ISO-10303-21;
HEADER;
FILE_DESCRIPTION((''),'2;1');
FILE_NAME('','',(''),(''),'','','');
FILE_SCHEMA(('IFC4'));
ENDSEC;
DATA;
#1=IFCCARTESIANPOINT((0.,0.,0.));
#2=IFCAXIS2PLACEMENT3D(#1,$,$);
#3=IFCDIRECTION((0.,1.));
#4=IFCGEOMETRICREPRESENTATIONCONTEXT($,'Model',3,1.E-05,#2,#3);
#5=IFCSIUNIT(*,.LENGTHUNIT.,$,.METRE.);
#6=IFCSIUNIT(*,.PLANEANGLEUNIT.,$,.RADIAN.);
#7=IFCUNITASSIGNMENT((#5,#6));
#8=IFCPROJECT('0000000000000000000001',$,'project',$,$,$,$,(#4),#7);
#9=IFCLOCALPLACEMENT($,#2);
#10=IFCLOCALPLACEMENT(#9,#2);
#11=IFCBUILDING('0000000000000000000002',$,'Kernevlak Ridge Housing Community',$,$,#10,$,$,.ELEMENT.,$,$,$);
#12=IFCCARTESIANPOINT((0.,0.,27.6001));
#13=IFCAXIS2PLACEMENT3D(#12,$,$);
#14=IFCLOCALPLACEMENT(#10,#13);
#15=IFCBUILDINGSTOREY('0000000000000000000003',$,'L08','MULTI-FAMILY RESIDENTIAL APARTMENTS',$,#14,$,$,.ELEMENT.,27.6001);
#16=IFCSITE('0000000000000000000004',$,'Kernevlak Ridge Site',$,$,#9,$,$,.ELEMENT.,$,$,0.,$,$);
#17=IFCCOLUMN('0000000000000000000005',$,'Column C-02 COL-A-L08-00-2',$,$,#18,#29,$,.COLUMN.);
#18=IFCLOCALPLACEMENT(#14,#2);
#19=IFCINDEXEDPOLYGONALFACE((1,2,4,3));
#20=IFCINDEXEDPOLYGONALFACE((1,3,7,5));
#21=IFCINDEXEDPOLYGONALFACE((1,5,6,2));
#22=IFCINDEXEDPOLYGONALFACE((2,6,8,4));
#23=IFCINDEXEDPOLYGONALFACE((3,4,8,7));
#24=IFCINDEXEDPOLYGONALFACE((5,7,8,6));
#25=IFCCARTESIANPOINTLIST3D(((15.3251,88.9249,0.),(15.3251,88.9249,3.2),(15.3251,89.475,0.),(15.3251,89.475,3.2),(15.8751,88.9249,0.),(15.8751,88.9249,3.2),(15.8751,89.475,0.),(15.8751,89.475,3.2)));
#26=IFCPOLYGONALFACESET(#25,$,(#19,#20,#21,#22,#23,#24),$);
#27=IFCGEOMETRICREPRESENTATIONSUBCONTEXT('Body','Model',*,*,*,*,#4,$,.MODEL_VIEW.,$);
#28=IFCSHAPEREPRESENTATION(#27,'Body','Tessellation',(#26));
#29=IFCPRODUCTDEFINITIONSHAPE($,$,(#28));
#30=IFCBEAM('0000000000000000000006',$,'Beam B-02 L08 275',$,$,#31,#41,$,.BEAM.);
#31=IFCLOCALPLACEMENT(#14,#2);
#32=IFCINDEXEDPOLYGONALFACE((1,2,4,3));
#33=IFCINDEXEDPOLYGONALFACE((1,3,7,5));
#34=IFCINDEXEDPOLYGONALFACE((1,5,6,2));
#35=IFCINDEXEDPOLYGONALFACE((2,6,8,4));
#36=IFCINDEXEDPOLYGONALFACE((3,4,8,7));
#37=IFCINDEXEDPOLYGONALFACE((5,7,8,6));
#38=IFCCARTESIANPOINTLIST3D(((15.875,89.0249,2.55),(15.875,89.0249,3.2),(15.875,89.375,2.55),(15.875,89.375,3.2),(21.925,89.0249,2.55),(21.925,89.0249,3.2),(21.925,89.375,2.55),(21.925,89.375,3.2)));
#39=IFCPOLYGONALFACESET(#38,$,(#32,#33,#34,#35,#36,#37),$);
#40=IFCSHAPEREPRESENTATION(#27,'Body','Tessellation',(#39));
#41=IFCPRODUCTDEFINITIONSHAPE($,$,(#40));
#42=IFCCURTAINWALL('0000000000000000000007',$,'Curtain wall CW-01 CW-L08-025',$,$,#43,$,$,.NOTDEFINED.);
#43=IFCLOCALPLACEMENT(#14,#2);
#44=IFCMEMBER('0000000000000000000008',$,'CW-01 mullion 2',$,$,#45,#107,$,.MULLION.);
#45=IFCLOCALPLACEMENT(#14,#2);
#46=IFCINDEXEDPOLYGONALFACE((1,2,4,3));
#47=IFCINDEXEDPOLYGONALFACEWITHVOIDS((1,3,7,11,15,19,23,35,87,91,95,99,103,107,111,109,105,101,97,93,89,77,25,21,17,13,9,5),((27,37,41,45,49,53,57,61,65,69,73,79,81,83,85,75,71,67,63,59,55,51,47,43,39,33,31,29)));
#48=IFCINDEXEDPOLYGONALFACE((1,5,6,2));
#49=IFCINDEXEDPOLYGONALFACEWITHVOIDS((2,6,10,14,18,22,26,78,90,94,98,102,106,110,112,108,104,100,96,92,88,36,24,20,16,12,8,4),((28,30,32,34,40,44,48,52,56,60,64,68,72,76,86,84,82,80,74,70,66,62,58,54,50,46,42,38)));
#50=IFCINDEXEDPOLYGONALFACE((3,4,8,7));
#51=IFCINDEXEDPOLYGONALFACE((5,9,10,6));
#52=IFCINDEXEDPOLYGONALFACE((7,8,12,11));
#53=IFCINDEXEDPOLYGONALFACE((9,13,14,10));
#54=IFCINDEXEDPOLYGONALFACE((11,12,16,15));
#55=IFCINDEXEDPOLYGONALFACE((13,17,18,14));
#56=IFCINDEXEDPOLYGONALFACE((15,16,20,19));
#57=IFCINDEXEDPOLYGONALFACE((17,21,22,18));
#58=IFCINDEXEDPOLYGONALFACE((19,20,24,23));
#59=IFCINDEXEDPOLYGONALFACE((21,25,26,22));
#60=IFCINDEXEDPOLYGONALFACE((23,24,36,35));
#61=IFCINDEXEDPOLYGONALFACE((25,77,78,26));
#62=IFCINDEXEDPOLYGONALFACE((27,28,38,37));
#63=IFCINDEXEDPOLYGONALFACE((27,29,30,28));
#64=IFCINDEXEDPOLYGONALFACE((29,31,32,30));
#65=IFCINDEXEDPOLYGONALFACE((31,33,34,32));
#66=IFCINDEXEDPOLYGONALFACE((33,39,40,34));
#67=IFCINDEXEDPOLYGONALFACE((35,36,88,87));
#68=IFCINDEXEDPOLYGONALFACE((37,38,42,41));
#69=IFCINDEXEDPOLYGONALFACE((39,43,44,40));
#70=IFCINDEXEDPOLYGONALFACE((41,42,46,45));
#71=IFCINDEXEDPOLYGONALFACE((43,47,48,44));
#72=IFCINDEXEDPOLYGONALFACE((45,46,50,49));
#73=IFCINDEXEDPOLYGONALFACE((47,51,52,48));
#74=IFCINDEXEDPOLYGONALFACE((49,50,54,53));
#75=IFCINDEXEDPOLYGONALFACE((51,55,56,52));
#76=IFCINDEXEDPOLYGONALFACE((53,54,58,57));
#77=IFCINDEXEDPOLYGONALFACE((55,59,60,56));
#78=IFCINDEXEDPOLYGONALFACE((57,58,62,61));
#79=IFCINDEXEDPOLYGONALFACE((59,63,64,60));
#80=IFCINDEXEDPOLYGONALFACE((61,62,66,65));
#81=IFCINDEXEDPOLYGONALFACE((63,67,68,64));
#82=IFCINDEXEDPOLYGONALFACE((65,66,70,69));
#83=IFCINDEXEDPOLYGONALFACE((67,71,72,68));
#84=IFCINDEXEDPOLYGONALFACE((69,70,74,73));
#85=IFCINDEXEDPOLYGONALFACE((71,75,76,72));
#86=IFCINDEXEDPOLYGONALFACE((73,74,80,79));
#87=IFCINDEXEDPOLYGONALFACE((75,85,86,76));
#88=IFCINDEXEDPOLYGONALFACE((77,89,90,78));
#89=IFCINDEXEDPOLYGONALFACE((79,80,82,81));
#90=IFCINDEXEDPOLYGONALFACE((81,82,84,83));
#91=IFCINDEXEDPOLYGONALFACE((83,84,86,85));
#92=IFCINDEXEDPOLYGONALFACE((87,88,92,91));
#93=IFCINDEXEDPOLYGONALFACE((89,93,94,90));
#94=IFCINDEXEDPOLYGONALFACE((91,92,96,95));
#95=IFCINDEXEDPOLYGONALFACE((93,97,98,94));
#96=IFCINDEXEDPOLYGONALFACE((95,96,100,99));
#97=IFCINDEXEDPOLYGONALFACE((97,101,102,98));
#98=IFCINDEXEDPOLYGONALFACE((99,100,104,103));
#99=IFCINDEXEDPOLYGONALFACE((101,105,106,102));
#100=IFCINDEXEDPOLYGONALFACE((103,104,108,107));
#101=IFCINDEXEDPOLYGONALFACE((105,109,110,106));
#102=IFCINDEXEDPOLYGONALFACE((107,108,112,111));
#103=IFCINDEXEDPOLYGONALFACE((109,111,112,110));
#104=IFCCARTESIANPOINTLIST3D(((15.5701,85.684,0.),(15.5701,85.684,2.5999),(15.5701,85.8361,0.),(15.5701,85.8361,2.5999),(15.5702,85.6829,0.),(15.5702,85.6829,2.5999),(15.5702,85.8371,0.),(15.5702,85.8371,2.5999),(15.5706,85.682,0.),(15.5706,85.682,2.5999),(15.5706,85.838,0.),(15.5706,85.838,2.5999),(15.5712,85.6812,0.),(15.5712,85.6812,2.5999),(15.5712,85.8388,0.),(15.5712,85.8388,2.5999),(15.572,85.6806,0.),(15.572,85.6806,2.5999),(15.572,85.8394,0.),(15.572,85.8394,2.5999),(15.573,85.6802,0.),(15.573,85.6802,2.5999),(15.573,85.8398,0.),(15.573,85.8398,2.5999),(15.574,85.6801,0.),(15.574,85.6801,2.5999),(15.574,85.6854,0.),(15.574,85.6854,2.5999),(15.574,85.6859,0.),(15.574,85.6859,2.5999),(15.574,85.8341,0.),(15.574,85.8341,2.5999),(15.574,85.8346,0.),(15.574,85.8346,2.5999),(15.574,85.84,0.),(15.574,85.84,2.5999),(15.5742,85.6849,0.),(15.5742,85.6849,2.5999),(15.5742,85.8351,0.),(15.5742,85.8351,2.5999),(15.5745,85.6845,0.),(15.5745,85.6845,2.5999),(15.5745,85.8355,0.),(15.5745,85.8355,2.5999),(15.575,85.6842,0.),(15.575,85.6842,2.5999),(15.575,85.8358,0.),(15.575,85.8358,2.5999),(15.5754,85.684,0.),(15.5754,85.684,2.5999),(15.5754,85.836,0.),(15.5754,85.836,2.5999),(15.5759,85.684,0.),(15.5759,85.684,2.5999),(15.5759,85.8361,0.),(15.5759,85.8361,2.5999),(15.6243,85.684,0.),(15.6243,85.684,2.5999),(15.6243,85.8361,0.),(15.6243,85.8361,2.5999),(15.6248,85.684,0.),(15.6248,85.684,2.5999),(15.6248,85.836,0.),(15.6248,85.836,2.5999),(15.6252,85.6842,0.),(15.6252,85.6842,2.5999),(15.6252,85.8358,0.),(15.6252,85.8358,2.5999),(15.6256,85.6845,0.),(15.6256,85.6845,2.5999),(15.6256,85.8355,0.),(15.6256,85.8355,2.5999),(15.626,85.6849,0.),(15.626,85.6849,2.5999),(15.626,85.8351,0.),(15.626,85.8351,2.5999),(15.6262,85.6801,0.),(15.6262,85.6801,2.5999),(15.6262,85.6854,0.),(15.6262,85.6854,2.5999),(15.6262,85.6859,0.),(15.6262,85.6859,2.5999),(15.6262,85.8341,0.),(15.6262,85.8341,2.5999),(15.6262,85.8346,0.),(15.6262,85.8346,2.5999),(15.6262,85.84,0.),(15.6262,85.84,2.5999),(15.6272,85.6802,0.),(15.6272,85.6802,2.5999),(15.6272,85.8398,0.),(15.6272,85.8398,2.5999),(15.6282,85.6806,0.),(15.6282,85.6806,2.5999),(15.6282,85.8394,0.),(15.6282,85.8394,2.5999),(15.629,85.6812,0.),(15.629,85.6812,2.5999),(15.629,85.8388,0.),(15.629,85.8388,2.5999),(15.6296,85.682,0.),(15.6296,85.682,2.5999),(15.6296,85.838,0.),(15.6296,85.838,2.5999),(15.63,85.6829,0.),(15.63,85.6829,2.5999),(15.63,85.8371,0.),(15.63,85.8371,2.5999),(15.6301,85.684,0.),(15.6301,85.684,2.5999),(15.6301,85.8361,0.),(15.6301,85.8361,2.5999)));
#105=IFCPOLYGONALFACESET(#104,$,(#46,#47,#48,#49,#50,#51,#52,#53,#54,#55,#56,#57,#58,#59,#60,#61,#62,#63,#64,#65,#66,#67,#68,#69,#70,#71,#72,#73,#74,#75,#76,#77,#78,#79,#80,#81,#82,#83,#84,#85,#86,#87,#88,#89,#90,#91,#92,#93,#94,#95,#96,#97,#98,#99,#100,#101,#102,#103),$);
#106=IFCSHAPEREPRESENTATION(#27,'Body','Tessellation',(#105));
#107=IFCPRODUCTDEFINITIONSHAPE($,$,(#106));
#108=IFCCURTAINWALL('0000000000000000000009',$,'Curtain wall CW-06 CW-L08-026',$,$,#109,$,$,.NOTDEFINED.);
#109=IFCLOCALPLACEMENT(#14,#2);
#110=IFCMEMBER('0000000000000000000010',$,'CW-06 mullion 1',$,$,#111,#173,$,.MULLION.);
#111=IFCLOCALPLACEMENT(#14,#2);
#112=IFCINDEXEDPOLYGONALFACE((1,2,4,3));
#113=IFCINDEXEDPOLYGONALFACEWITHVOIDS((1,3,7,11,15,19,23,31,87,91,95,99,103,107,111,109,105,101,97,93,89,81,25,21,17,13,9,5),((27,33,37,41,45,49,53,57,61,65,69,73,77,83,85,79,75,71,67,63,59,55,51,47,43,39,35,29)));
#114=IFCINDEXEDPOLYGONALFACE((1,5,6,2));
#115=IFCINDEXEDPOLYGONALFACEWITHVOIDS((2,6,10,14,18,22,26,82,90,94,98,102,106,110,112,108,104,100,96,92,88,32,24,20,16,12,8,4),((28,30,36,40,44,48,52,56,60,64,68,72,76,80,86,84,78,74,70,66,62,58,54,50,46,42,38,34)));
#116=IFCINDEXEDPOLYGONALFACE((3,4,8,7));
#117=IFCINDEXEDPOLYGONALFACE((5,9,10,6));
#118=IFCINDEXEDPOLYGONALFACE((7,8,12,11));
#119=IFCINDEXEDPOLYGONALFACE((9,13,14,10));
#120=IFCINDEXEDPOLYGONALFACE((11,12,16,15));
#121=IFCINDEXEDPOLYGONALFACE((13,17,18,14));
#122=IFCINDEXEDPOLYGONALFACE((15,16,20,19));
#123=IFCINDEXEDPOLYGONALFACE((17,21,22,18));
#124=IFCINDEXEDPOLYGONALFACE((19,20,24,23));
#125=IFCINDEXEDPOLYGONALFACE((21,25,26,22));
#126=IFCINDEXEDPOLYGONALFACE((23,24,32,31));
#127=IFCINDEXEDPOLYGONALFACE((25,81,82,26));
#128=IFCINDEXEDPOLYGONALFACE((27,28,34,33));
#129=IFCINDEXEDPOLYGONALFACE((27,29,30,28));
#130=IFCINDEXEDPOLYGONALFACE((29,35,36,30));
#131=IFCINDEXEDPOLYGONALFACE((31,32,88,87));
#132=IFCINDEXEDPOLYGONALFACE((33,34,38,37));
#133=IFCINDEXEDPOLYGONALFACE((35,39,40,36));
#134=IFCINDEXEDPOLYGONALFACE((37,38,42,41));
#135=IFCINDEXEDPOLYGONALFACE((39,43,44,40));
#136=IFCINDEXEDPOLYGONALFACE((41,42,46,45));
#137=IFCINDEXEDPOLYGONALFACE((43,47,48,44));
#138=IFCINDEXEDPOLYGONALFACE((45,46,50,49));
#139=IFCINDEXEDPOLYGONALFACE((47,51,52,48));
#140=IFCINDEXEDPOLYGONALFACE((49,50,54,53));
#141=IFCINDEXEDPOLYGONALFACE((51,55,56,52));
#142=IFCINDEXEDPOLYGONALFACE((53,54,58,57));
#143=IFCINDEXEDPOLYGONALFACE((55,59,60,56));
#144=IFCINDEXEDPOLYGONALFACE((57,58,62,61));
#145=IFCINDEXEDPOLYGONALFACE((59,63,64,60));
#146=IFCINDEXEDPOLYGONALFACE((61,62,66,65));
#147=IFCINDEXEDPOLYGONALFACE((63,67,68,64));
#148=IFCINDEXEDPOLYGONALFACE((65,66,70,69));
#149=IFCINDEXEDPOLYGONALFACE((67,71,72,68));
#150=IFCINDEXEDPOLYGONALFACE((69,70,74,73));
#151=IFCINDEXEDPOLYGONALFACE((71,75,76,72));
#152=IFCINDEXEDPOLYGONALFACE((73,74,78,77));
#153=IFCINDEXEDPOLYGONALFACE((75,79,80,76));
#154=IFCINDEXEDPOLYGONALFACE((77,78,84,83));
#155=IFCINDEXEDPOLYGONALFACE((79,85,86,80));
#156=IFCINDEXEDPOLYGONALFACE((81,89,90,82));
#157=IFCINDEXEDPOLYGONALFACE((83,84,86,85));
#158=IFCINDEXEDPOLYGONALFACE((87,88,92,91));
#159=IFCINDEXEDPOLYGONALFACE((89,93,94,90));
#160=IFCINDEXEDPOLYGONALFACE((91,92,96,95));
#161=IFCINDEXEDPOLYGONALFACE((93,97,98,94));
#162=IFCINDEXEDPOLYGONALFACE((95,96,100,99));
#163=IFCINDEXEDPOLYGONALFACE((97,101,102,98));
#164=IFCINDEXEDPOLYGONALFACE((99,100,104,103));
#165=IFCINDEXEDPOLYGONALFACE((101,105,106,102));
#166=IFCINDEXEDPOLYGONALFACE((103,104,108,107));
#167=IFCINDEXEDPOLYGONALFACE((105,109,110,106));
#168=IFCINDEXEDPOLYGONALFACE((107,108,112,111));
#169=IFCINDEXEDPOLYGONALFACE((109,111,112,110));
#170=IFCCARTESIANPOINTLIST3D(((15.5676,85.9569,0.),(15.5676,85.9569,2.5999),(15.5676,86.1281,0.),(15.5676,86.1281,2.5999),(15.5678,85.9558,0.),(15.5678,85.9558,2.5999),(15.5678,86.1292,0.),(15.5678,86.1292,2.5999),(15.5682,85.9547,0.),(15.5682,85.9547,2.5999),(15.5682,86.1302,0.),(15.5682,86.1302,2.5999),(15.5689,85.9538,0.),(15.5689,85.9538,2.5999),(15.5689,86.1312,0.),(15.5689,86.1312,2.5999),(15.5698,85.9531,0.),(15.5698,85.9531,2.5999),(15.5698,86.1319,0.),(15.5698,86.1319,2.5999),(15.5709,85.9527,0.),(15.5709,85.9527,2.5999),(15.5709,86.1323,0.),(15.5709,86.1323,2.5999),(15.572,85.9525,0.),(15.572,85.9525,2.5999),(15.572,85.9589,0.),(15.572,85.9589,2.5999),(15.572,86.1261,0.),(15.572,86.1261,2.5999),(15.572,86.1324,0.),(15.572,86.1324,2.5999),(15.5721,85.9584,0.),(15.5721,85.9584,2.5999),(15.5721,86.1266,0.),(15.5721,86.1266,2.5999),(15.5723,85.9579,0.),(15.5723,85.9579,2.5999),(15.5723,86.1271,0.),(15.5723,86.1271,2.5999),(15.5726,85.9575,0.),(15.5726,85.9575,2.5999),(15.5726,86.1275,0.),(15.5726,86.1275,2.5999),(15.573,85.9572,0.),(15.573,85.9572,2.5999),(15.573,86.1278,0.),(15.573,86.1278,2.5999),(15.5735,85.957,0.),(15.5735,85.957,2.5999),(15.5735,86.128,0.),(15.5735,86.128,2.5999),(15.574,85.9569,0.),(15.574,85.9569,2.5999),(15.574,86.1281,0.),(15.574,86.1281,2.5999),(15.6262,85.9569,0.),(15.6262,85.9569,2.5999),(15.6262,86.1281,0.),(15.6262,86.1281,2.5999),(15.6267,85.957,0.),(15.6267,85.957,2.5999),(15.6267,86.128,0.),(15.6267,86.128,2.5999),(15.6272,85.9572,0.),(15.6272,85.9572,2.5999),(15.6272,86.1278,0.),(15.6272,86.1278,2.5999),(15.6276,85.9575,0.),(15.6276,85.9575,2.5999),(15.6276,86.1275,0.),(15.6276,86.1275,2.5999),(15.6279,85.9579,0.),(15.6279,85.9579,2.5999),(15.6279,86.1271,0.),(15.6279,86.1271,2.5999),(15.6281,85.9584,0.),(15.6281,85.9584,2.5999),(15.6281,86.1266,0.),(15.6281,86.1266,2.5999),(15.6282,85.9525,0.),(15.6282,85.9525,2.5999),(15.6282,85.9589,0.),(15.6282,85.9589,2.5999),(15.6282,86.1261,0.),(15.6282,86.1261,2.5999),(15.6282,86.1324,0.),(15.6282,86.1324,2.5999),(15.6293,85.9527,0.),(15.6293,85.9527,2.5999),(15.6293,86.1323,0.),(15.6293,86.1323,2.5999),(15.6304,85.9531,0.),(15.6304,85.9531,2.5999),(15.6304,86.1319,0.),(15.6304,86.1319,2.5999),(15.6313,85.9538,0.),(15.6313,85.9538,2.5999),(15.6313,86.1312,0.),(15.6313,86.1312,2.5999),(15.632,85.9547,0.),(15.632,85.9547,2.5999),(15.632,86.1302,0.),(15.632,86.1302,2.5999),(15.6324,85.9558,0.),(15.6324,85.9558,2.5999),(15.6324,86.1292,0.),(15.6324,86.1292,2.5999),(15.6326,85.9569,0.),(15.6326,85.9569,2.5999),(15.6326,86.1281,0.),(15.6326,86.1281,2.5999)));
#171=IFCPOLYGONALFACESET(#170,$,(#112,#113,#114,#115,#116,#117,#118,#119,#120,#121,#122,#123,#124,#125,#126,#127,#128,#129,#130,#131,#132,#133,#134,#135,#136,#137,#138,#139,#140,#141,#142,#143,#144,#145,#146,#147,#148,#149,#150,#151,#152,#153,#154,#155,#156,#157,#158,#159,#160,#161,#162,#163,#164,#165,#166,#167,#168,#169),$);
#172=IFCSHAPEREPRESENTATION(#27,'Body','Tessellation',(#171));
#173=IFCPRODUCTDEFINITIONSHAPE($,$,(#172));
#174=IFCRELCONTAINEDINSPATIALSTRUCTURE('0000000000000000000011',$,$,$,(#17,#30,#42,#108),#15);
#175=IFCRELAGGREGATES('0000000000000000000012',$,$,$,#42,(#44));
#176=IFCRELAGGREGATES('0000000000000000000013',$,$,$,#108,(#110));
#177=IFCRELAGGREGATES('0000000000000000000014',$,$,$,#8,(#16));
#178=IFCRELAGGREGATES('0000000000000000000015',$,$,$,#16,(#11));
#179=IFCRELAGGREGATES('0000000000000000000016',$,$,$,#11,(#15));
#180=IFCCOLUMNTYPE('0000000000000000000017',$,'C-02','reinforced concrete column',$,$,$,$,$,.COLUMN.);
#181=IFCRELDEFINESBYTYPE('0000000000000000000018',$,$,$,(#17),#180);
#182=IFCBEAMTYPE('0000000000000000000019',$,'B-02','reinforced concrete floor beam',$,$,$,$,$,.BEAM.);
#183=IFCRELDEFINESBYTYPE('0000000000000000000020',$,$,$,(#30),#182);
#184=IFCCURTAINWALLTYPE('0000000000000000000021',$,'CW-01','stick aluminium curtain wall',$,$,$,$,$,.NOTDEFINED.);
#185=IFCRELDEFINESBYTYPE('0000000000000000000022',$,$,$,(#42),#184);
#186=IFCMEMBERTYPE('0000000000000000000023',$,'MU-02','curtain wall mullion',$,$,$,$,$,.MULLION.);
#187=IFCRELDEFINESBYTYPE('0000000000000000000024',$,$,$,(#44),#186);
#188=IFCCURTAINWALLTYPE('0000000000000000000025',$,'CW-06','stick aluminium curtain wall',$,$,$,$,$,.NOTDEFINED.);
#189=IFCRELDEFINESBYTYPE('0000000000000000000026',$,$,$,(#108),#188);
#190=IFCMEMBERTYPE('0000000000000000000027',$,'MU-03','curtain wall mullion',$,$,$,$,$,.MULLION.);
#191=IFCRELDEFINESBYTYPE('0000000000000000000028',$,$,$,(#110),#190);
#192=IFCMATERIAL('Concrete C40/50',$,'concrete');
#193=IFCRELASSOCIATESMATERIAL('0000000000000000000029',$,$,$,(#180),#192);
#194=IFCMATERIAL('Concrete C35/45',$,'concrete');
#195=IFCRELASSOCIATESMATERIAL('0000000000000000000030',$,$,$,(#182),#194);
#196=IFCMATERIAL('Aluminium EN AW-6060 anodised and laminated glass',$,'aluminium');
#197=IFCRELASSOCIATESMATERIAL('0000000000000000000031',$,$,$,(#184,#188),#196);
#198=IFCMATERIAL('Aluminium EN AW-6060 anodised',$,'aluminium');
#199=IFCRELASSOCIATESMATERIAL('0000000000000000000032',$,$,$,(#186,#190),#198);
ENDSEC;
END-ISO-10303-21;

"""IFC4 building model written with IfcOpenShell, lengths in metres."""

from ifc_helpers import new_model, si_unit, direction, frame, origin, origin_2d, place, context, subcontext, project, spatial, rectangle, hollow_rectangle, extrude, material, material_profile, profile_set, type_object, element, aggregate, save


model = new_model("IFC4")

# Units and contexts
model_context = context("Model", 3, precision=1e-05, world=origin(), true_north=direction((0.0, 1.0)))
body_context = subcontext(model_context, "Body", "Model", "MODEL_VIEW")
ifc_project = project(units=[si_unit("LENGTHUNIT", "METRE"), si_unit("PLANEANGLEUNIT", "RADIAN")], contexts=[model_context])

# Site, building, storey
site_placement = place(None, origin())
site = spatial("IfcSite", under=ifc_project, at=site_placement, Name="Kernevlak Ridge Site", CompositionType="ELEMENT", RefElevation=0.0)
building_placement = place(site_placement, origin())
building = spatial("IfcBuilding", under=site, at=building_placement, Name="Kernevlak Ridge Housing Community", CompositionType="ELEMENT")
storey_placement = place(building_placement, frame((0.0, 0.0, 27.6001)))
storey = spatial("IfcBuildingStorey", under=building, at=storey_placement, Name="L08", Description="MULTI-FAMILY RESIDENTIAL APARTMENTS", CompositionType="ELEMENT", Elevation=27.6001)

# Column
ifc_material_1 = material(Name="Concrete C40/50", Category="concrete")
ifc_material_profile_1 = material_profile(ifc_material_1, rectangle(XDim=0.55, YDim=0.55, at=origin_2d()), Name="RC 550x550")
ifc_profile_set_1 = profile_set([ifc_material_profile_1], Name="Concrete C40/50")
column_type = type_object("IfcColumnType", Name="C-02", Description="reinforced concrete column", PredefinedType="COLUMN", material=ifc_profile_set_1)
column_placement = place(storey_placement, frame((15.6001, 89.2, 0.0), z_axis=(0.0, 0.0, 1.0), x_axis=(1.0, 0.0, 0.0)))
element("IfcColumn", 1, at=column_placement, inside=storey, type_object=column_type, Name="Column C-02 COL-A-L08-00-2", PredefinedType="COLUMN", context=body_context, shape_type="SweptSolid", body=[
    extrude(rectangle(XDim=0.55, YDim=0.55, at=origin_2d()), origin(), (0.0, 0.0, 1.0), 3.2),
])

# Beam
ifc_material_2 = material(Name="Concrete C35/45", Category="concrete")
ifc_material_profile_2 = material_profile(ifc_material_2, rectangle(XDim=0.3501, YDim=0.6499, at=origin_2d()), Name="RC 350x650")
ifc_profile_set_2 = profile_set([ifc_material_profile_2], Name="Concrete C35/45")
beam_type = type_object("IfcBeamType", Name="B-02", Description="reinforced concrete floor beam", PredefinedType="BEAM", material=ifc_profile_set_2)
beam_placement = place(storey_placement, frame((15.875, 89.2, 2.875), z_axis=(1.0, 0.0, 0.0), x_axis=(0.0, 1.0, 0.0)))
element("IfcBeam", 2, at=beam_placement, inside=storey, type_object=beam_type, Name="Beam B-02 L08 275", PredefinedType="BEAM", context=body_context, shape_type="SweptSolid", body=[
    extrude(rectangle(XDim=0.3501, YDim=0.6499, at=origin_2d()), origin(), (0.0, 0.0, 1.0), 6.05),
])

# Curtain wall, member
ifc_material_3 = material(Name="Aluminium EN AW-6060 anodised and laminated glass", Category="aluminium")
curtain_wall_type_1 = type_object("IfcCurtainWallType", Name="CW-01", Description="stick aluminium curtain wall", PredefinedType="NOTDEFINED", material=ifc_material_3)
curtain_wall_1_placement = place(storey_placement, origin())
curtain_wall_1 = element("IfcCurtainWall", 3, at=curtain_wall_1_placement, inside=storey, type_object=curtain_wall_type_1, Name="Curtain wall CW-01 CW-L08-025", PredefinedType="NOTDEFINED")
ifc_material_4 = material(Name="Aluminium EN AW-6060 anodised", Category="aluminium")
ifc_material_profile_3 = material_profile(ifc_material_4, hollow_rectangle(XDim=0.0601, YDim=0.1599, WallThickness=0.0039, InnerFilletRadius=0.002, OuterFilletRadius=0.0039, at=origin_2d()), Name="ALU 60x160x4")
ifc_profile_set_3 = profile_set([ifc_material_profile_3], Name="Aluminium EN AW-6060 anodised")
member_type_1 = type_object("IfcMemberType", Name="MU-02", Description="curtain wall mullion", PredefinedType="MULLION", material=ifc_profile_set_3)
member_1_placement = place(storey_placement, frame((15.6001, 85.76, 0.0), z_axis=(0.0, 0.0, 1.0), x_axis=(-1.0, 0.0, 0.0)))
member_1 = element("IfcMember", 4, at=member_1_placement, type_object=member_type_1, Name="CW-01 mullion 2", PredefinedType="MULLION", context=body_context, shape_type="SweptSolid", body=[
    extrude(hollow_rectangle(XDim=0.0601, YDim=0.1599, WallThickness=0.0039, InnerFilletRadius=0.002, OuterFilletRadius=0.0039, at=origin_2d()), origin(), (0.0, 0.0, 1.0), 2.5999),
])

# Curtain wall, member
curtain_wall_type_2 = type_object("IfcCurtainWallType", Name="CW-06", Description="stick aluminium curtain wall", PredefinedType="NOTDEFINED", material=ifc_material_3)
curtain_wall_2_placement = place(storey_placement, origin())
curtain_wall_2 = element("IfcCurtainWall", 5, at=curtain_wall_2_placement, inside=storey, type_object=curtain_wall_type_2, Name="Curtain wall CW-06 CW-L08-026", PredefinedType="NOTDEFINED")
ifc_material_profile_4 = material_profile(ifc_material_4, hollow_rectangle(XDim=0.0649, YDim=0.1799, WallThickness=0.0044, InnerFilletRadius=0.002, OuterFilletRadius=0.0044, at=origin_2d()), Name="ALU 65x180x4.5")
ifc_profile_set_4 = profile_set([ifc_material_profile_4], Name="Aluminium EN AW-6060 anodised")
member_type_2 = type_object("IfcMemberType", Name="MU-03", Description="curtain wall mullion", PredefinedType="MULLION", material=ifc_profile_set_4)
member_2_placement = place(storey_placement, frame((15.6001, 86.0425, 0.0), z_axis=(0.0, 0.0, 1.0), x_axis=(-1.0, 0.0, 0.0)))
member_2 = element("IfcMember", 6, at=member_2_placement, type_object=member_type_2, Name="CW-06 mullion 1", PredefinedType="MULLION", context=body_context, shape_type="SweptSolid", body=[
    extrude(hollow_rectangle(XDim=0.0649, YDim=0.1799, WallThickness=0.0044, InnerFilletRadius=0.002, OuterFilletRadius=0.0044, at=origin_2d()), origin(), (0.0, 0.0, 1.0), 2.5999),
])

aggregate(curtain_wall_1, [member_1])
aggregate(curtain_wall_2, [member_2])

save(model, "model.ifc")
